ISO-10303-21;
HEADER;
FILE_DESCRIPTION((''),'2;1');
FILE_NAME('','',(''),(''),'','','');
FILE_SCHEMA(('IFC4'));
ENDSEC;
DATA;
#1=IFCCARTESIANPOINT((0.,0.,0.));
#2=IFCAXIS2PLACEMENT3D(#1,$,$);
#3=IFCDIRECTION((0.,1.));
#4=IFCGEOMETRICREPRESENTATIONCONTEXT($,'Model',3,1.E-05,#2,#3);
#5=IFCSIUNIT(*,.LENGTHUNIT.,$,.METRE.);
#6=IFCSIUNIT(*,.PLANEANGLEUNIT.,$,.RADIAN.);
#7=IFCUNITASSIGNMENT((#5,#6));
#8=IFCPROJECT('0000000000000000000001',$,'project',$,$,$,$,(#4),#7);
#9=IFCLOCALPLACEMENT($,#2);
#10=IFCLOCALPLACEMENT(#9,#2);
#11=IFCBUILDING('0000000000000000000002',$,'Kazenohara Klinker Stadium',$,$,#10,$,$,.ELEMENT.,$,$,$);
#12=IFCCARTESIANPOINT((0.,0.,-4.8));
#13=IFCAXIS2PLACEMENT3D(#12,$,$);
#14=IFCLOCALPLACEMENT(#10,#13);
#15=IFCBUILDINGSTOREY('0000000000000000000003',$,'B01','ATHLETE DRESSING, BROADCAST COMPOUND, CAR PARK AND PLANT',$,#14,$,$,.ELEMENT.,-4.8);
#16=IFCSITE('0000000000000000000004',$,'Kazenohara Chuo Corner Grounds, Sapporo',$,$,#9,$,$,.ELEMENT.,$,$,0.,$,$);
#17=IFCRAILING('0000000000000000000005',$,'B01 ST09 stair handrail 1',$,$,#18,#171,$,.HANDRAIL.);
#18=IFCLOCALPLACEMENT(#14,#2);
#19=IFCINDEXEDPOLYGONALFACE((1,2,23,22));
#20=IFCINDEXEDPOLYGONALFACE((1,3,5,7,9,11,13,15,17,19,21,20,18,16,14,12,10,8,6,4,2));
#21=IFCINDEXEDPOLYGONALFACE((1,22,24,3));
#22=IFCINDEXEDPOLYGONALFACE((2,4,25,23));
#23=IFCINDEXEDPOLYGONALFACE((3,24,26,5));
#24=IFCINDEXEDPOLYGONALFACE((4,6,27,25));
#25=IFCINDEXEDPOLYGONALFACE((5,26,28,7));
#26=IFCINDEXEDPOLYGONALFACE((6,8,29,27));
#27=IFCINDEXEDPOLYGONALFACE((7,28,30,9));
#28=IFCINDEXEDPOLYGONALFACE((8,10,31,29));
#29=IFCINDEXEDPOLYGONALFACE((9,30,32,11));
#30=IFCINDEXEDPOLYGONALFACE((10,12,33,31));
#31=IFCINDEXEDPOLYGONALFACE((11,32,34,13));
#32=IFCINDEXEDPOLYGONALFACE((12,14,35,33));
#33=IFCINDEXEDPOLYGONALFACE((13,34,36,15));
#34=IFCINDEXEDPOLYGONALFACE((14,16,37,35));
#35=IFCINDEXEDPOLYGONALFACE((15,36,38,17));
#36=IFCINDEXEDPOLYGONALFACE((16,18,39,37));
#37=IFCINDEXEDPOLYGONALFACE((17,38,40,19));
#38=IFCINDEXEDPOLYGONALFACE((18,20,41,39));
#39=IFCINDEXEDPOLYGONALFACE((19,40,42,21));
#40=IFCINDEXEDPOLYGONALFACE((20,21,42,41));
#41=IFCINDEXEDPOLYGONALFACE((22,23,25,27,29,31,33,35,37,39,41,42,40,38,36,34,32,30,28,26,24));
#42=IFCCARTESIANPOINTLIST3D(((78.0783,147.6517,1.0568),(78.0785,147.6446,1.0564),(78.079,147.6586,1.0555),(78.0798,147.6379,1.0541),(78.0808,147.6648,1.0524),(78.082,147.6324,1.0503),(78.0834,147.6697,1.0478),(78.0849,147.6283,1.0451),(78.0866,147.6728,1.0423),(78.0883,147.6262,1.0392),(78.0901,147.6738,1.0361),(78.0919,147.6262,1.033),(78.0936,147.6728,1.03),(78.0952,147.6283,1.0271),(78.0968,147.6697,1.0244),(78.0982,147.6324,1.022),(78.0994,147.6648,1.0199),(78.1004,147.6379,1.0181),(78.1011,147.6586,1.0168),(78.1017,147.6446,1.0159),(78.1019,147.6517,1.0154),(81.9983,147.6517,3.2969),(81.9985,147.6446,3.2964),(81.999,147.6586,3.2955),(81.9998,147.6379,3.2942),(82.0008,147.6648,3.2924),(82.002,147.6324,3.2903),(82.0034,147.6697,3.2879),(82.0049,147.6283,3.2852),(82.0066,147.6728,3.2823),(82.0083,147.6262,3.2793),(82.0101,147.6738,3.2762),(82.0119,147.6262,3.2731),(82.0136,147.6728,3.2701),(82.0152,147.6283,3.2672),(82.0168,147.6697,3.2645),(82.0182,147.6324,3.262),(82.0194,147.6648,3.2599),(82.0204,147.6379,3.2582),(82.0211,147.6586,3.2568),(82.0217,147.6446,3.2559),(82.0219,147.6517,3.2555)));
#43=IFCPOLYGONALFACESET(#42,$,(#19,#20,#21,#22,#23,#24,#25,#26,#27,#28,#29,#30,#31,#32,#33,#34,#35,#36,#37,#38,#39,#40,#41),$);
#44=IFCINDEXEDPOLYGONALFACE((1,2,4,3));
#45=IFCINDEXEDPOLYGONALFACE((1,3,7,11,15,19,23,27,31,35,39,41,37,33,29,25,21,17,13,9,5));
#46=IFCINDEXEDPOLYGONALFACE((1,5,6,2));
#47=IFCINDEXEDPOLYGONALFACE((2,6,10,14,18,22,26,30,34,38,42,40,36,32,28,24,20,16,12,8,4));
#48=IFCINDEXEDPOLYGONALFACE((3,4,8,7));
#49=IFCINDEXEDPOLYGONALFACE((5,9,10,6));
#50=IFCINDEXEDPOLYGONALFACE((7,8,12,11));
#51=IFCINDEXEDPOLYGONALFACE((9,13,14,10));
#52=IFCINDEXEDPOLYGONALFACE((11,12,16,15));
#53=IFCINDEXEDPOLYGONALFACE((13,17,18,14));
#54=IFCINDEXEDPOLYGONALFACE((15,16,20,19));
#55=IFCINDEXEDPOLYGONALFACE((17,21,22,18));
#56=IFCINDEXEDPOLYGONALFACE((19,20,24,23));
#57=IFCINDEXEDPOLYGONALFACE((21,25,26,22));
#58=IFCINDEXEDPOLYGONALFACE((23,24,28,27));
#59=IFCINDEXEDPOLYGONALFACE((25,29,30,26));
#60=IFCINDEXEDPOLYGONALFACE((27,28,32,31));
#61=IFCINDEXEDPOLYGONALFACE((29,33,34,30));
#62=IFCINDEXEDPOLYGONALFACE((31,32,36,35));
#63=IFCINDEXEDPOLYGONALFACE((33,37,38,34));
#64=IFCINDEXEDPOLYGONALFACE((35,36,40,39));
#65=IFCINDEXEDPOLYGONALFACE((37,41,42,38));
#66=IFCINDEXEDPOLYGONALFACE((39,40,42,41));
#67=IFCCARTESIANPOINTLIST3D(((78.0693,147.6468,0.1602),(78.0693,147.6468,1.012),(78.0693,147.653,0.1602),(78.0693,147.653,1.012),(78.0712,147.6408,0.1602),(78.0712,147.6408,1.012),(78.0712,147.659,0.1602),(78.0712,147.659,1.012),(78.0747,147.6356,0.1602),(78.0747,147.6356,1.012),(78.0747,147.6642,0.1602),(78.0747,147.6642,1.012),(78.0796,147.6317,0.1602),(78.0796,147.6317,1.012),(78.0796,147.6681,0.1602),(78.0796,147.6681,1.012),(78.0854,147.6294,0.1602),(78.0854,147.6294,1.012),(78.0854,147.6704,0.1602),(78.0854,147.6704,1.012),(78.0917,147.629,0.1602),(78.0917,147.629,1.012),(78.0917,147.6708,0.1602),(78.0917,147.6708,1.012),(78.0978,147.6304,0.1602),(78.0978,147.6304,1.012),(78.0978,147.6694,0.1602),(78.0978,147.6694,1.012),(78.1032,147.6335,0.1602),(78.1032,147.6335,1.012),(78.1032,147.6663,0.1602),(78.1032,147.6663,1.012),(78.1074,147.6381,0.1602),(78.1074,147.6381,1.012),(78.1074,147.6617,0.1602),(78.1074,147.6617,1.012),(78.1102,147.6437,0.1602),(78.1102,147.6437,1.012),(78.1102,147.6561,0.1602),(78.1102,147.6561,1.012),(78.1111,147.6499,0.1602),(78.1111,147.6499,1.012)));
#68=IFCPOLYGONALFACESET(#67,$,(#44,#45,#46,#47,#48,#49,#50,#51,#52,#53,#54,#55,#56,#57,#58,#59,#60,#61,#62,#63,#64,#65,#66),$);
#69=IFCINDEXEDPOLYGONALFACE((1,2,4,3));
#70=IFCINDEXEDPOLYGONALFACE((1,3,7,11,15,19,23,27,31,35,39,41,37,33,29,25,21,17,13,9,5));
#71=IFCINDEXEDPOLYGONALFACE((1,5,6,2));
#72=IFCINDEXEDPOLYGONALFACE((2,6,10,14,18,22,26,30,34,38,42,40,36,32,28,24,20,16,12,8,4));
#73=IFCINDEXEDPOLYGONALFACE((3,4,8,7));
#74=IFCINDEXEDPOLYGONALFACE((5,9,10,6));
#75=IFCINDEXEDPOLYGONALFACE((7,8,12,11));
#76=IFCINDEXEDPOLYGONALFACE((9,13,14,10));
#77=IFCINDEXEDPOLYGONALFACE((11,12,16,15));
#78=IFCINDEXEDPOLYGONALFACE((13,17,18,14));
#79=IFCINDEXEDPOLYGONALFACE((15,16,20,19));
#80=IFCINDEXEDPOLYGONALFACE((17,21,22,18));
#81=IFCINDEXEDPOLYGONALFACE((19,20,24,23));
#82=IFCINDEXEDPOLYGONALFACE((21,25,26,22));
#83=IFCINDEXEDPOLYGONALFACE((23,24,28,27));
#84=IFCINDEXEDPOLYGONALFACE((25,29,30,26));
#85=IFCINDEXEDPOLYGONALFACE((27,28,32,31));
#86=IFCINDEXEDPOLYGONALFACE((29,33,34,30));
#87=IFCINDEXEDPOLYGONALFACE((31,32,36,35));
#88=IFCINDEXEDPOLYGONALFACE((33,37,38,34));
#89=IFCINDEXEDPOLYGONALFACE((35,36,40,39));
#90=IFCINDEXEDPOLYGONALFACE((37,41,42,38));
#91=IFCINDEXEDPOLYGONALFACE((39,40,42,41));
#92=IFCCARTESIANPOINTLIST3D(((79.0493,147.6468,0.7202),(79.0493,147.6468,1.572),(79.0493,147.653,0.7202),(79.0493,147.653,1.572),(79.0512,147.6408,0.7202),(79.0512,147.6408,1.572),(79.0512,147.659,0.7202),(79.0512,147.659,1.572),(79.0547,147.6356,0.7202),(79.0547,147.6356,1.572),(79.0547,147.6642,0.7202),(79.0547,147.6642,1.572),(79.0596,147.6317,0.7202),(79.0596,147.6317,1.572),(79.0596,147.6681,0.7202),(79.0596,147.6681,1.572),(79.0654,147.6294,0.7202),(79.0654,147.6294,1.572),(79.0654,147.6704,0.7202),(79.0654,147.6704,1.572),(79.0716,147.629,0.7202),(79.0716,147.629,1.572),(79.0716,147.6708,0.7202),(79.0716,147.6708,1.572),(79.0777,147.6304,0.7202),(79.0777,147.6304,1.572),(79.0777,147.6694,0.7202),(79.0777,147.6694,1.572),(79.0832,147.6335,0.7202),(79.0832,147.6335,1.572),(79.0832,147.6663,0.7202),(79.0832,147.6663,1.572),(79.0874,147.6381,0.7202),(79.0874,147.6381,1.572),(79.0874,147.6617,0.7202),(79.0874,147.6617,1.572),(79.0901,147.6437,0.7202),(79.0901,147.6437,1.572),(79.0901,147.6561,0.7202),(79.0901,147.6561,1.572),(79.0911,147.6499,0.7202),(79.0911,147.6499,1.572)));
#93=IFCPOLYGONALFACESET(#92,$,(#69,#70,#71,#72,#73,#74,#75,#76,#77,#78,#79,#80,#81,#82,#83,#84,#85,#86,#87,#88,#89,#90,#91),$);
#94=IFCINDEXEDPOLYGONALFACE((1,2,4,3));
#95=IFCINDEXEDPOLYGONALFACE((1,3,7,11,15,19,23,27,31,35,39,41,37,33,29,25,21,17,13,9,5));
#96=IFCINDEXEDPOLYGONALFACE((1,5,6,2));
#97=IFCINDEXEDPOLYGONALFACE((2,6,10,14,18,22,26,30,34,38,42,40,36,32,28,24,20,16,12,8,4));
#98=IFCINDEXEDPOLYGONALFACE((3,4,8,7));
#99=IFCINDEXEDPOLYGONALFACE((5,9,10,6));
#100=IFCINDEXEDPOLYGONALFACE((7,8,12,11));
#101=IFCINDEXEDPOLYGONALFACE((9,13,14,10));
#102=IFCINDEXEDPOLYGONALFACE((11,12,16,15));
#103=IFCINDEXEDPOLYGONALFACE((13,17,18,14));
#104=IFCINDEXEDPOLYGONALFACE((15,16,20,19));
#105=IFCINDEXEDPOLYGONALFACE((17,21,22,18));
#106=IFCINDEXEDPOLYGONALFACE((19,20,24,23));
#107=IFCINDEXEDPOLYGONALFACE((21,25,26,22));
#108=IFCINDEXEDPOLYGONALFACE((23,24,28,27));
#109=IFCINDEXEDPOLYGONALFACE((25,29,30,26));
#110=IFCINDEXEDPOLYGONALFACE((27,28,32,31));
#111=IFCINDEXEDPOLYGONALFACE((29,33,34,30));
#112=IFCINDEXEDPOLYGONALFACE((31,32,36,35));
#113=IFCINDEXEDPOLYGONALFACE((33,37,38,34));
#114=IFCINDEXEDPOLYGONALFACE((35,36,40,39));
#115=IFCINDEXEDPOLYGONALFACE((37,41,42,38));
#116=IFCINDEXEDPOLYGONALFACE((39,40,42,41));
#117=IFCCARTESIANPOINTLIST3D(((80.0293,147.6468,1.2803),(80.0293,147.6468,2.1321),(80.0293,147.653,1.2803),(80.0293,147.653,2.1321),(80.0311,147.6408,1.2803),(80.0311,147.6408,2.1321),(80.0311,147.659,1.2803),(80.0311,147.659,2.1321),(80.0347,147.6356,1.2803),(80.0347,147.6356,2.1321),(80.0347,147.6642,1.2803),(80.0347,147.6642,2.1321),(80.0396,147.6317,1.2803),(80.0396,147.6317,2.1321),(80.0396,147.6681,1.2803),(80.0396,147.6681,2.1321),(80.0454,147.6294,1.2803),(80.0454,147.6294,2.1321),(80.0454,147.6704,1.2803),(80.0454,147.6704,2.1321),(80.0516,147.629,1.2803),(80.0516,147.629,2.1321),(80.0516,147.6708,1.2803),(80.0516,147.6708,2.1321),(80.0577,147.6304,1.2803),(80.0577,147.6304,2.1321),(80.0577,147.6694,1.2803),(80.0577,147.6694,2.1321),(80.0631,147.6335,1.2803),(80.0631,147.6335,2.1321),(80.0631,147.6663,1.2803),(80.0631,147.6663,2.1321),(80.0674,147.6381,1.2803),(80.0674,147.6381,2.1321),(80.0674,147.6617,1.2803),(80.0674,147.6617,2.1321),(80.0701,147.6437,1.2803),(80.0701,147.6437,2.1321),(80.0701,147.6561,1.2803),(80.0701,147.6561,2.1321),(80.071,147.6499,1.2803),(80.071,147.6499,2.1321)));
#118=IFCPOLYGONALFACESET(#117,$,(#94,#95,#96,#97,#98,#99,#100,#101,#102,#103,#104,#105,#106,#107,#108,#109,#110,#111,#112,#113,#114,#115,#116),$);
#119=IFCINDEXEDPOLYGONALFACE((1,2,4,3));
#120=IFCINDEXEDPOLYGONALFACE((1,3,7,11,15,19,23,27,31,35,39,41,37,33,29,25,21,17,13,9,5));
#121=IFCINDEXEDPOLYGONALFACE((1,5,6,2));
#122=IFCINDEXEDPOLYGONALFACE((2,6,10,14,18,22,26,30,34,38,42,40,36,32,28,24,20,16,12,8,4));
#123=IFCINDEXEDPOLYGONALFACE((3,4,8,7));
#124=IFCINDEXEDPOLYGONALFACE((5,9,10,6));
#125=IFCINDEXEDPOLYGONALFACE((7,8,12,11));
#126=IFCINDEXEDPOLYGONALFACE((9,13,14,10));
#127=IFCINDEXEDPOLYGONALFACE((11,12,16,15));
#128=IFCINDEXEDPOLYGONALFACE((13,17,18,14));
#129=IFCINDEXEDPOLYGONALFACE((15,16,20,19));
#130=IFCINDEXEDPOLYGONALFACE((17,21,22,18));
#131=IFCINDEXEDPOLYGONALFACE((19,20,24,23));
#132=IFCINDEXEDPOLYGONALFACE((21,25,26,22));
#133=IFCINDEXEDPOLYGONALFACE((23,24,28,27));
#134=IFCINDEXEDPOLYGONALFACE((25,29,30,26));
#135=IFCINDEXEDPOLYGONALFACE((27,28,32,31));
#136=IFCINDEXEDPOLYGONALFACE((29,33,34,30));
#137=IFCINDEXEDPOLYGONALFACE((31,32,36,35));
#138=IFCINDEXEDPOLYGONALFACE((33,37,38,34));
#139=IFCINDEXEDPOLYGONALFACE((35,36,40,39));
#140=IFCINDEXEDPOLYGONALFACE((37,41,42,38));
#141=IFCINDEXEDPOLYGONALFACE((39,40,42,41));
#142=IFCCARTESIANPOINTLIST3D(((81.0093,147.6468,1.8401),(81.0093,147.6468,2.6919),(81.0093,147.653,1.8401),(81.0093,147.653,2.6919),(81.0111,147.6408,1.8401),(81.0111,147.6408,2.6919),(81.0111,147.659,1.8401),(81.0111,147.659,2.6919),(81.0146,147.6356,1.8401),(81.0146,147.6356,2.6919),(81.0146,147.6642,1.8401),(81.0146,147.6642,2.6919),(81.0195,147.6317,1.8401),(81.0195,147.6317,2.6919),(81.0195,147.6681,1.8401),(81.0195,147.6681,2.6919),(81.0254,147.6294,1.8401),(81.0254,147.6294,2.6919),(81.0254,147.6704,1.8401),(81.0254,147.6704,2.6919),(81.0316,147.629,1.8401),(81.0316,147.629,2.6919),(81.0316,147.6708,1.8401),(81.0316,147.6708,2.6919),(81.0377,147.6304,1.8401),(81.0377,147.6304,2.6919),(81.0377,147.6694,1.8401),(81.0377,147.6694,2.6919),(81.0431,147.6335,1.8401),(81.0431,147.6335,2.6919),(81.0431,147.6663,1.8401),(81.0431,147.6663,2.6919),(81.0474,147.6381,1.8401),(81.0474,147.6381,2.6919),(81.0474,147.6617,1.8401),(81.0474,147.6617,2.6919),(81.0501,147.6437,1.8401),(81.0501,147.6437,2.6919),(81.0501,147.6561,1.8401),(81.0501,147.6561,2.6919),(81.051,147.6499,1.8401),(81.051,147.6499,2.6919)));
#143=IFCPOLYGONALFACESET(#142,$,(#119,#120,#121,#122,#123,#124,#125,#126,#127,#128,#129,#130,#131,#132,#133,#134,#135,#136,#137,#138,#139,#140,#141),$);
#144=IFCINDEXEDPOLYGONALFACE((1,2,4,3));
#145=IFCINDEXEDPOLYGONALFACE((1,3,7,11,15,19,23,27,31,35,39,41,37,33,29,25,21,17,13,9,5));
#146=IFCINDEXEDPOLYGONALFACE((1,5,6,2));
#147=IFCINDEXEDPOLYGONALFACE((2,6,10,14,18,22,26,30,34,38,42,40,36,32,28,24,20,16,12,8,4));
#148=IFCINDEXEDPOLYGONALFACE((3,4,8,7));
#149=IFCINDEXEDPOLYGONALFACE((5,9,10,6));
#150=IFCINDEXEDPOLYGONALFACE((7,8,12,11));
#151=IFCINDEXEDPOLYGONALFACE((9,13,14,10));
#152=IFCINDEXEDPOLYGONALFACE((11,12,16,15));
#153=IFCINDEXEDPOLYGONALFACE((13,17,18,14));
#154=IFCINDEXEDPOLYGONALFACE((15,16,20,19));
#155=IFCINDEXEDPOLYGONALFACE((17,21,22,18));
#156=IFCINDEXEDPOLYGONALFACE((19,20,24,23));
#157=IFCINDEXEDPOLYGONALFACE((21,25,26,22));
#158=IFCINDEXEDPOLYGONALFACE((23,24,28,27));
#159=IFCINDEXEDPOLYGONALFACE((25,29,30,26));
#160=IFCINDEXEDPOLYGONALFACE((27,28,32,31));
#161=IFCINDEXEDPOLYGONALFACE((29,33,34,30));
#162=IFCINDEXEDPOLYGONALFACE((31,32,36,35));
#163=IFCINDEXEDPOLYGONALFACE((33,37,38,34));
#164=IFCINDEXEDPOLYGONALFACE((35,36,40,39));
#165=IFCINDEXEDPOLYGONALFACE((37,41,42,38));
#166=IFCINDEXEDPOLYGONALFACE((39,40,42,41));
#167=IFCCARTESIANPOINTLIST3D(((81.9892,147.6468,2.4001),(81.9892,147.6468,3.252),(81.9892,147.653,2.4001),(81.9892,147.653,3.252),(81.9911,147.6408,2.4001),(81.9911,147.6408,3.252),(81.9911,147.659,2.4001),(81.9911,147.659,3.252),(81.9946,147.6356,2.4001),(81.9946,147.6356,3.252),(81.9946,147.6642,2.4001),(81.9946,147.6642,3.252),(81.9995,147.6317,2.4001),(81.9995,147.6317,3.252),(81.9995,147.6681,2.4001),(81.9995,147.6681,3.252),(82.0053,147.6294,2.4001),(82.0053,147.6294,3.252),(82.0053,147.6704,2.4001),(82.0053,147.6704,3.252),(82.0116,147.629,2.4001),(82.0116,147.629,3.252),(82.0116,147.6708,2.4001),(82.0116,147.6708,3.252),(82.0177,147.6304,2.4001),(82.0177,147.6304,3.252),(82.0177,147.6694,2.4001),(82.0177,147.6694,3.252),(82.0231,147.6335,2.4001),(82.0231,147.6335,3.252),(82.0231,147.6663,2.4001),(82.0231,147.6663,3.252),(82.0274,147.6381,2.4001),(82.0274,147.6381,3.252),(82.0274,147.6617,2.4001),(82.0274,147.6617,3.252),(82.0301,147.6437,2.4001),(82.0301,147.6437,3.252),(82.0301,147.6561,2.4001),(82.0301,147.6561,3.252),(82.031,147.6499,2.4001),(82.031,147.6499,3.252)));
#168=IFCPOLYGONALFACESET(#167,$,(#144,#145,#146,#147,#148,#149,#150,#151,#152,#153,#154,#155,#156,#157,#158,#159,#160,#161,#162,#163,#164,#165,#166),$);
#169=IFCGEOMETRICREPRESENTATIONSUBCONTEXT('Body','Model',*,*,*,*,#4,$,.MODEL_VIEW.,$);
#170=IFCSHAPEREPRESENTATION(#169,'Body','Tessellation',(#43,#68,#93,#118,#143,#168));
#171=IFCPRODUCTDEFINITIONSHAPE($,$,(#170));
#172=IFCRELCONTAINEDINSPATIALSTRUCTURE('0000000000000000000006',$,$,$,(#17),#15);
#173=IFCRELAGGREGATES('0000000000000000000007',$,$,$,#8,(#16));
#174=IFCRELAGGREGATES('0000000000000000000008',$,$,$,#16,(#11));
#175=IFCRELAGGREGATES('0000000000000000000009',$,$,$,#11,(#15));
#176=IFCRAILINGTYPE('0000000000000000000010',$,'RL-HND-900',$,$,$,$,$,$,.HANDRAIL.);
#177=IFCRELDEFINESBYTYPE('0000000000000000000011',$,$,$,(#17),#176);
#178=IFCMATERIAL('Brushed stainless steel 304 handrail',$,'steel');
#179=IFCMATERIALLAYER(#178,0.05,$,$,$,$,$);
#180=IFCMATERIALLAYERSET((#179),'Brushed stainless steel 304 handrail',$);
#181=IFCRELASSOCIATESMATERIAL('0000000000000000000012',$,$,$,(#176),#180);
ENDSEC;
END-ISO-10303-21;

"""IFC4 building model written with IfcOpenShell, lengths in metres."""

from ifc_helpers import new_model, si_unit, direction, frame, origin, origin_2d, place, context, subcontext, project, spatial, circle, extrude, material, layer, layer_set, type_object, element, save


model = new_model("IFC4")

# Units and contexts
model_context = context("Model", 3, precision=1e-05, world=origin(), true_north=direction((0.0, 1.0)))
body_context = subcontext(model_context, "Body", "Model", "MODEL_VIEW")
ifc_project = project(units=[si_unit("LENGTHUNIT", "METRE"), si_unit("PLANEANGLEUNIT", "RADIAN")], contexts=[model_context])

# Site, building, storey
site_placement = place(None, origin())
site = spatial("IfcSite", under=ifc_project, at=site_placement, Name="Kazenohara Chuo Corner Grounds, Sapporo", CompositionType="ELEMENT", RefElevation=0.0)
building_placement = place(site_placement, origin())
building = spatial("IfcBuilding", under=site, at=building_placement, Name="Kazenohara Klinker Stadium", CompositionType="ELEMENT")
storey_placement = place(building_placement, frame((0.0, 0.0, -4.8)))
storey = spatial("IfcBuildingStorey", under=building, at=storey_placement, Name="B01", Description="ATHLETE DRESSING, BROADCAST COMPOUND, CAR PARK AND PLANT", CompositionType="ELEMENT", Elevation=-4.8)

# Railing
ifc_material_1 = material(Name="Brushed stainless steel 304 handrail", Category="steel")
ifc_layer_1 = layer(ifc_material_1, 0.05)
ifc_layer_set_1 = layer_set([ifc_layer_1], Name="Brushed stainless steel 304 handrail")
railing_type_1 = type_object("IfcRailingType", Name="RL-HND-900", PredefinedType="HANDRAIL", material=ifc_layer_set_1)
railing_1_placement = place(storey_placement, frame((78.0901, 147.6499, 0.1602)))
element("IfcRailing", 1, at=railing_1_placement, inside=storey, type_object=railing_type_1, Name="B01 ST09 stair handrail 1", PredefinedType="HANDRAIL", context=body_context, shape_type="SweptSolid", body=[
    extrude(circle(Radius=0.0239, at=origin_2d()), frame((0.0, 0.0, 0.876), z_axis=(0.86824, 0.0, 0.496145), x_axis=(0.0, 1.0, 0.0)), (0.0, 0.0, 1.0), 4.5149),
    extrude(circle(Radius=0.021, at=origin_2d()), origin(), (0.0, 0.0, 1.0), 0.8518),
    extrude(circle(Radius=0.021, at=origin_2d()), frame((0.98, 0.0, 0.5601)), (0.0, 0.0, 1.0), 0.8518),
    extrude(circle(Radius=0.021, at=origin_2d()), frame((1.96, 0.0, 1.1201)), (0.0, 0.0, 1.0), 0.8518),
    extrude(circle(Radius=0.021, at=origin_2d()), frame((2.9399, 0.0, 1.6799)), (0.0, 0.0, 1.0), 0.8518),
    extrude(circle(Radius=0.021, at=origin_2d()), frame((3.9199, 0.0, 2.24)), (0.0, 0.0, 1.0), 0.8518),
])

save(model, "model.ifc")
